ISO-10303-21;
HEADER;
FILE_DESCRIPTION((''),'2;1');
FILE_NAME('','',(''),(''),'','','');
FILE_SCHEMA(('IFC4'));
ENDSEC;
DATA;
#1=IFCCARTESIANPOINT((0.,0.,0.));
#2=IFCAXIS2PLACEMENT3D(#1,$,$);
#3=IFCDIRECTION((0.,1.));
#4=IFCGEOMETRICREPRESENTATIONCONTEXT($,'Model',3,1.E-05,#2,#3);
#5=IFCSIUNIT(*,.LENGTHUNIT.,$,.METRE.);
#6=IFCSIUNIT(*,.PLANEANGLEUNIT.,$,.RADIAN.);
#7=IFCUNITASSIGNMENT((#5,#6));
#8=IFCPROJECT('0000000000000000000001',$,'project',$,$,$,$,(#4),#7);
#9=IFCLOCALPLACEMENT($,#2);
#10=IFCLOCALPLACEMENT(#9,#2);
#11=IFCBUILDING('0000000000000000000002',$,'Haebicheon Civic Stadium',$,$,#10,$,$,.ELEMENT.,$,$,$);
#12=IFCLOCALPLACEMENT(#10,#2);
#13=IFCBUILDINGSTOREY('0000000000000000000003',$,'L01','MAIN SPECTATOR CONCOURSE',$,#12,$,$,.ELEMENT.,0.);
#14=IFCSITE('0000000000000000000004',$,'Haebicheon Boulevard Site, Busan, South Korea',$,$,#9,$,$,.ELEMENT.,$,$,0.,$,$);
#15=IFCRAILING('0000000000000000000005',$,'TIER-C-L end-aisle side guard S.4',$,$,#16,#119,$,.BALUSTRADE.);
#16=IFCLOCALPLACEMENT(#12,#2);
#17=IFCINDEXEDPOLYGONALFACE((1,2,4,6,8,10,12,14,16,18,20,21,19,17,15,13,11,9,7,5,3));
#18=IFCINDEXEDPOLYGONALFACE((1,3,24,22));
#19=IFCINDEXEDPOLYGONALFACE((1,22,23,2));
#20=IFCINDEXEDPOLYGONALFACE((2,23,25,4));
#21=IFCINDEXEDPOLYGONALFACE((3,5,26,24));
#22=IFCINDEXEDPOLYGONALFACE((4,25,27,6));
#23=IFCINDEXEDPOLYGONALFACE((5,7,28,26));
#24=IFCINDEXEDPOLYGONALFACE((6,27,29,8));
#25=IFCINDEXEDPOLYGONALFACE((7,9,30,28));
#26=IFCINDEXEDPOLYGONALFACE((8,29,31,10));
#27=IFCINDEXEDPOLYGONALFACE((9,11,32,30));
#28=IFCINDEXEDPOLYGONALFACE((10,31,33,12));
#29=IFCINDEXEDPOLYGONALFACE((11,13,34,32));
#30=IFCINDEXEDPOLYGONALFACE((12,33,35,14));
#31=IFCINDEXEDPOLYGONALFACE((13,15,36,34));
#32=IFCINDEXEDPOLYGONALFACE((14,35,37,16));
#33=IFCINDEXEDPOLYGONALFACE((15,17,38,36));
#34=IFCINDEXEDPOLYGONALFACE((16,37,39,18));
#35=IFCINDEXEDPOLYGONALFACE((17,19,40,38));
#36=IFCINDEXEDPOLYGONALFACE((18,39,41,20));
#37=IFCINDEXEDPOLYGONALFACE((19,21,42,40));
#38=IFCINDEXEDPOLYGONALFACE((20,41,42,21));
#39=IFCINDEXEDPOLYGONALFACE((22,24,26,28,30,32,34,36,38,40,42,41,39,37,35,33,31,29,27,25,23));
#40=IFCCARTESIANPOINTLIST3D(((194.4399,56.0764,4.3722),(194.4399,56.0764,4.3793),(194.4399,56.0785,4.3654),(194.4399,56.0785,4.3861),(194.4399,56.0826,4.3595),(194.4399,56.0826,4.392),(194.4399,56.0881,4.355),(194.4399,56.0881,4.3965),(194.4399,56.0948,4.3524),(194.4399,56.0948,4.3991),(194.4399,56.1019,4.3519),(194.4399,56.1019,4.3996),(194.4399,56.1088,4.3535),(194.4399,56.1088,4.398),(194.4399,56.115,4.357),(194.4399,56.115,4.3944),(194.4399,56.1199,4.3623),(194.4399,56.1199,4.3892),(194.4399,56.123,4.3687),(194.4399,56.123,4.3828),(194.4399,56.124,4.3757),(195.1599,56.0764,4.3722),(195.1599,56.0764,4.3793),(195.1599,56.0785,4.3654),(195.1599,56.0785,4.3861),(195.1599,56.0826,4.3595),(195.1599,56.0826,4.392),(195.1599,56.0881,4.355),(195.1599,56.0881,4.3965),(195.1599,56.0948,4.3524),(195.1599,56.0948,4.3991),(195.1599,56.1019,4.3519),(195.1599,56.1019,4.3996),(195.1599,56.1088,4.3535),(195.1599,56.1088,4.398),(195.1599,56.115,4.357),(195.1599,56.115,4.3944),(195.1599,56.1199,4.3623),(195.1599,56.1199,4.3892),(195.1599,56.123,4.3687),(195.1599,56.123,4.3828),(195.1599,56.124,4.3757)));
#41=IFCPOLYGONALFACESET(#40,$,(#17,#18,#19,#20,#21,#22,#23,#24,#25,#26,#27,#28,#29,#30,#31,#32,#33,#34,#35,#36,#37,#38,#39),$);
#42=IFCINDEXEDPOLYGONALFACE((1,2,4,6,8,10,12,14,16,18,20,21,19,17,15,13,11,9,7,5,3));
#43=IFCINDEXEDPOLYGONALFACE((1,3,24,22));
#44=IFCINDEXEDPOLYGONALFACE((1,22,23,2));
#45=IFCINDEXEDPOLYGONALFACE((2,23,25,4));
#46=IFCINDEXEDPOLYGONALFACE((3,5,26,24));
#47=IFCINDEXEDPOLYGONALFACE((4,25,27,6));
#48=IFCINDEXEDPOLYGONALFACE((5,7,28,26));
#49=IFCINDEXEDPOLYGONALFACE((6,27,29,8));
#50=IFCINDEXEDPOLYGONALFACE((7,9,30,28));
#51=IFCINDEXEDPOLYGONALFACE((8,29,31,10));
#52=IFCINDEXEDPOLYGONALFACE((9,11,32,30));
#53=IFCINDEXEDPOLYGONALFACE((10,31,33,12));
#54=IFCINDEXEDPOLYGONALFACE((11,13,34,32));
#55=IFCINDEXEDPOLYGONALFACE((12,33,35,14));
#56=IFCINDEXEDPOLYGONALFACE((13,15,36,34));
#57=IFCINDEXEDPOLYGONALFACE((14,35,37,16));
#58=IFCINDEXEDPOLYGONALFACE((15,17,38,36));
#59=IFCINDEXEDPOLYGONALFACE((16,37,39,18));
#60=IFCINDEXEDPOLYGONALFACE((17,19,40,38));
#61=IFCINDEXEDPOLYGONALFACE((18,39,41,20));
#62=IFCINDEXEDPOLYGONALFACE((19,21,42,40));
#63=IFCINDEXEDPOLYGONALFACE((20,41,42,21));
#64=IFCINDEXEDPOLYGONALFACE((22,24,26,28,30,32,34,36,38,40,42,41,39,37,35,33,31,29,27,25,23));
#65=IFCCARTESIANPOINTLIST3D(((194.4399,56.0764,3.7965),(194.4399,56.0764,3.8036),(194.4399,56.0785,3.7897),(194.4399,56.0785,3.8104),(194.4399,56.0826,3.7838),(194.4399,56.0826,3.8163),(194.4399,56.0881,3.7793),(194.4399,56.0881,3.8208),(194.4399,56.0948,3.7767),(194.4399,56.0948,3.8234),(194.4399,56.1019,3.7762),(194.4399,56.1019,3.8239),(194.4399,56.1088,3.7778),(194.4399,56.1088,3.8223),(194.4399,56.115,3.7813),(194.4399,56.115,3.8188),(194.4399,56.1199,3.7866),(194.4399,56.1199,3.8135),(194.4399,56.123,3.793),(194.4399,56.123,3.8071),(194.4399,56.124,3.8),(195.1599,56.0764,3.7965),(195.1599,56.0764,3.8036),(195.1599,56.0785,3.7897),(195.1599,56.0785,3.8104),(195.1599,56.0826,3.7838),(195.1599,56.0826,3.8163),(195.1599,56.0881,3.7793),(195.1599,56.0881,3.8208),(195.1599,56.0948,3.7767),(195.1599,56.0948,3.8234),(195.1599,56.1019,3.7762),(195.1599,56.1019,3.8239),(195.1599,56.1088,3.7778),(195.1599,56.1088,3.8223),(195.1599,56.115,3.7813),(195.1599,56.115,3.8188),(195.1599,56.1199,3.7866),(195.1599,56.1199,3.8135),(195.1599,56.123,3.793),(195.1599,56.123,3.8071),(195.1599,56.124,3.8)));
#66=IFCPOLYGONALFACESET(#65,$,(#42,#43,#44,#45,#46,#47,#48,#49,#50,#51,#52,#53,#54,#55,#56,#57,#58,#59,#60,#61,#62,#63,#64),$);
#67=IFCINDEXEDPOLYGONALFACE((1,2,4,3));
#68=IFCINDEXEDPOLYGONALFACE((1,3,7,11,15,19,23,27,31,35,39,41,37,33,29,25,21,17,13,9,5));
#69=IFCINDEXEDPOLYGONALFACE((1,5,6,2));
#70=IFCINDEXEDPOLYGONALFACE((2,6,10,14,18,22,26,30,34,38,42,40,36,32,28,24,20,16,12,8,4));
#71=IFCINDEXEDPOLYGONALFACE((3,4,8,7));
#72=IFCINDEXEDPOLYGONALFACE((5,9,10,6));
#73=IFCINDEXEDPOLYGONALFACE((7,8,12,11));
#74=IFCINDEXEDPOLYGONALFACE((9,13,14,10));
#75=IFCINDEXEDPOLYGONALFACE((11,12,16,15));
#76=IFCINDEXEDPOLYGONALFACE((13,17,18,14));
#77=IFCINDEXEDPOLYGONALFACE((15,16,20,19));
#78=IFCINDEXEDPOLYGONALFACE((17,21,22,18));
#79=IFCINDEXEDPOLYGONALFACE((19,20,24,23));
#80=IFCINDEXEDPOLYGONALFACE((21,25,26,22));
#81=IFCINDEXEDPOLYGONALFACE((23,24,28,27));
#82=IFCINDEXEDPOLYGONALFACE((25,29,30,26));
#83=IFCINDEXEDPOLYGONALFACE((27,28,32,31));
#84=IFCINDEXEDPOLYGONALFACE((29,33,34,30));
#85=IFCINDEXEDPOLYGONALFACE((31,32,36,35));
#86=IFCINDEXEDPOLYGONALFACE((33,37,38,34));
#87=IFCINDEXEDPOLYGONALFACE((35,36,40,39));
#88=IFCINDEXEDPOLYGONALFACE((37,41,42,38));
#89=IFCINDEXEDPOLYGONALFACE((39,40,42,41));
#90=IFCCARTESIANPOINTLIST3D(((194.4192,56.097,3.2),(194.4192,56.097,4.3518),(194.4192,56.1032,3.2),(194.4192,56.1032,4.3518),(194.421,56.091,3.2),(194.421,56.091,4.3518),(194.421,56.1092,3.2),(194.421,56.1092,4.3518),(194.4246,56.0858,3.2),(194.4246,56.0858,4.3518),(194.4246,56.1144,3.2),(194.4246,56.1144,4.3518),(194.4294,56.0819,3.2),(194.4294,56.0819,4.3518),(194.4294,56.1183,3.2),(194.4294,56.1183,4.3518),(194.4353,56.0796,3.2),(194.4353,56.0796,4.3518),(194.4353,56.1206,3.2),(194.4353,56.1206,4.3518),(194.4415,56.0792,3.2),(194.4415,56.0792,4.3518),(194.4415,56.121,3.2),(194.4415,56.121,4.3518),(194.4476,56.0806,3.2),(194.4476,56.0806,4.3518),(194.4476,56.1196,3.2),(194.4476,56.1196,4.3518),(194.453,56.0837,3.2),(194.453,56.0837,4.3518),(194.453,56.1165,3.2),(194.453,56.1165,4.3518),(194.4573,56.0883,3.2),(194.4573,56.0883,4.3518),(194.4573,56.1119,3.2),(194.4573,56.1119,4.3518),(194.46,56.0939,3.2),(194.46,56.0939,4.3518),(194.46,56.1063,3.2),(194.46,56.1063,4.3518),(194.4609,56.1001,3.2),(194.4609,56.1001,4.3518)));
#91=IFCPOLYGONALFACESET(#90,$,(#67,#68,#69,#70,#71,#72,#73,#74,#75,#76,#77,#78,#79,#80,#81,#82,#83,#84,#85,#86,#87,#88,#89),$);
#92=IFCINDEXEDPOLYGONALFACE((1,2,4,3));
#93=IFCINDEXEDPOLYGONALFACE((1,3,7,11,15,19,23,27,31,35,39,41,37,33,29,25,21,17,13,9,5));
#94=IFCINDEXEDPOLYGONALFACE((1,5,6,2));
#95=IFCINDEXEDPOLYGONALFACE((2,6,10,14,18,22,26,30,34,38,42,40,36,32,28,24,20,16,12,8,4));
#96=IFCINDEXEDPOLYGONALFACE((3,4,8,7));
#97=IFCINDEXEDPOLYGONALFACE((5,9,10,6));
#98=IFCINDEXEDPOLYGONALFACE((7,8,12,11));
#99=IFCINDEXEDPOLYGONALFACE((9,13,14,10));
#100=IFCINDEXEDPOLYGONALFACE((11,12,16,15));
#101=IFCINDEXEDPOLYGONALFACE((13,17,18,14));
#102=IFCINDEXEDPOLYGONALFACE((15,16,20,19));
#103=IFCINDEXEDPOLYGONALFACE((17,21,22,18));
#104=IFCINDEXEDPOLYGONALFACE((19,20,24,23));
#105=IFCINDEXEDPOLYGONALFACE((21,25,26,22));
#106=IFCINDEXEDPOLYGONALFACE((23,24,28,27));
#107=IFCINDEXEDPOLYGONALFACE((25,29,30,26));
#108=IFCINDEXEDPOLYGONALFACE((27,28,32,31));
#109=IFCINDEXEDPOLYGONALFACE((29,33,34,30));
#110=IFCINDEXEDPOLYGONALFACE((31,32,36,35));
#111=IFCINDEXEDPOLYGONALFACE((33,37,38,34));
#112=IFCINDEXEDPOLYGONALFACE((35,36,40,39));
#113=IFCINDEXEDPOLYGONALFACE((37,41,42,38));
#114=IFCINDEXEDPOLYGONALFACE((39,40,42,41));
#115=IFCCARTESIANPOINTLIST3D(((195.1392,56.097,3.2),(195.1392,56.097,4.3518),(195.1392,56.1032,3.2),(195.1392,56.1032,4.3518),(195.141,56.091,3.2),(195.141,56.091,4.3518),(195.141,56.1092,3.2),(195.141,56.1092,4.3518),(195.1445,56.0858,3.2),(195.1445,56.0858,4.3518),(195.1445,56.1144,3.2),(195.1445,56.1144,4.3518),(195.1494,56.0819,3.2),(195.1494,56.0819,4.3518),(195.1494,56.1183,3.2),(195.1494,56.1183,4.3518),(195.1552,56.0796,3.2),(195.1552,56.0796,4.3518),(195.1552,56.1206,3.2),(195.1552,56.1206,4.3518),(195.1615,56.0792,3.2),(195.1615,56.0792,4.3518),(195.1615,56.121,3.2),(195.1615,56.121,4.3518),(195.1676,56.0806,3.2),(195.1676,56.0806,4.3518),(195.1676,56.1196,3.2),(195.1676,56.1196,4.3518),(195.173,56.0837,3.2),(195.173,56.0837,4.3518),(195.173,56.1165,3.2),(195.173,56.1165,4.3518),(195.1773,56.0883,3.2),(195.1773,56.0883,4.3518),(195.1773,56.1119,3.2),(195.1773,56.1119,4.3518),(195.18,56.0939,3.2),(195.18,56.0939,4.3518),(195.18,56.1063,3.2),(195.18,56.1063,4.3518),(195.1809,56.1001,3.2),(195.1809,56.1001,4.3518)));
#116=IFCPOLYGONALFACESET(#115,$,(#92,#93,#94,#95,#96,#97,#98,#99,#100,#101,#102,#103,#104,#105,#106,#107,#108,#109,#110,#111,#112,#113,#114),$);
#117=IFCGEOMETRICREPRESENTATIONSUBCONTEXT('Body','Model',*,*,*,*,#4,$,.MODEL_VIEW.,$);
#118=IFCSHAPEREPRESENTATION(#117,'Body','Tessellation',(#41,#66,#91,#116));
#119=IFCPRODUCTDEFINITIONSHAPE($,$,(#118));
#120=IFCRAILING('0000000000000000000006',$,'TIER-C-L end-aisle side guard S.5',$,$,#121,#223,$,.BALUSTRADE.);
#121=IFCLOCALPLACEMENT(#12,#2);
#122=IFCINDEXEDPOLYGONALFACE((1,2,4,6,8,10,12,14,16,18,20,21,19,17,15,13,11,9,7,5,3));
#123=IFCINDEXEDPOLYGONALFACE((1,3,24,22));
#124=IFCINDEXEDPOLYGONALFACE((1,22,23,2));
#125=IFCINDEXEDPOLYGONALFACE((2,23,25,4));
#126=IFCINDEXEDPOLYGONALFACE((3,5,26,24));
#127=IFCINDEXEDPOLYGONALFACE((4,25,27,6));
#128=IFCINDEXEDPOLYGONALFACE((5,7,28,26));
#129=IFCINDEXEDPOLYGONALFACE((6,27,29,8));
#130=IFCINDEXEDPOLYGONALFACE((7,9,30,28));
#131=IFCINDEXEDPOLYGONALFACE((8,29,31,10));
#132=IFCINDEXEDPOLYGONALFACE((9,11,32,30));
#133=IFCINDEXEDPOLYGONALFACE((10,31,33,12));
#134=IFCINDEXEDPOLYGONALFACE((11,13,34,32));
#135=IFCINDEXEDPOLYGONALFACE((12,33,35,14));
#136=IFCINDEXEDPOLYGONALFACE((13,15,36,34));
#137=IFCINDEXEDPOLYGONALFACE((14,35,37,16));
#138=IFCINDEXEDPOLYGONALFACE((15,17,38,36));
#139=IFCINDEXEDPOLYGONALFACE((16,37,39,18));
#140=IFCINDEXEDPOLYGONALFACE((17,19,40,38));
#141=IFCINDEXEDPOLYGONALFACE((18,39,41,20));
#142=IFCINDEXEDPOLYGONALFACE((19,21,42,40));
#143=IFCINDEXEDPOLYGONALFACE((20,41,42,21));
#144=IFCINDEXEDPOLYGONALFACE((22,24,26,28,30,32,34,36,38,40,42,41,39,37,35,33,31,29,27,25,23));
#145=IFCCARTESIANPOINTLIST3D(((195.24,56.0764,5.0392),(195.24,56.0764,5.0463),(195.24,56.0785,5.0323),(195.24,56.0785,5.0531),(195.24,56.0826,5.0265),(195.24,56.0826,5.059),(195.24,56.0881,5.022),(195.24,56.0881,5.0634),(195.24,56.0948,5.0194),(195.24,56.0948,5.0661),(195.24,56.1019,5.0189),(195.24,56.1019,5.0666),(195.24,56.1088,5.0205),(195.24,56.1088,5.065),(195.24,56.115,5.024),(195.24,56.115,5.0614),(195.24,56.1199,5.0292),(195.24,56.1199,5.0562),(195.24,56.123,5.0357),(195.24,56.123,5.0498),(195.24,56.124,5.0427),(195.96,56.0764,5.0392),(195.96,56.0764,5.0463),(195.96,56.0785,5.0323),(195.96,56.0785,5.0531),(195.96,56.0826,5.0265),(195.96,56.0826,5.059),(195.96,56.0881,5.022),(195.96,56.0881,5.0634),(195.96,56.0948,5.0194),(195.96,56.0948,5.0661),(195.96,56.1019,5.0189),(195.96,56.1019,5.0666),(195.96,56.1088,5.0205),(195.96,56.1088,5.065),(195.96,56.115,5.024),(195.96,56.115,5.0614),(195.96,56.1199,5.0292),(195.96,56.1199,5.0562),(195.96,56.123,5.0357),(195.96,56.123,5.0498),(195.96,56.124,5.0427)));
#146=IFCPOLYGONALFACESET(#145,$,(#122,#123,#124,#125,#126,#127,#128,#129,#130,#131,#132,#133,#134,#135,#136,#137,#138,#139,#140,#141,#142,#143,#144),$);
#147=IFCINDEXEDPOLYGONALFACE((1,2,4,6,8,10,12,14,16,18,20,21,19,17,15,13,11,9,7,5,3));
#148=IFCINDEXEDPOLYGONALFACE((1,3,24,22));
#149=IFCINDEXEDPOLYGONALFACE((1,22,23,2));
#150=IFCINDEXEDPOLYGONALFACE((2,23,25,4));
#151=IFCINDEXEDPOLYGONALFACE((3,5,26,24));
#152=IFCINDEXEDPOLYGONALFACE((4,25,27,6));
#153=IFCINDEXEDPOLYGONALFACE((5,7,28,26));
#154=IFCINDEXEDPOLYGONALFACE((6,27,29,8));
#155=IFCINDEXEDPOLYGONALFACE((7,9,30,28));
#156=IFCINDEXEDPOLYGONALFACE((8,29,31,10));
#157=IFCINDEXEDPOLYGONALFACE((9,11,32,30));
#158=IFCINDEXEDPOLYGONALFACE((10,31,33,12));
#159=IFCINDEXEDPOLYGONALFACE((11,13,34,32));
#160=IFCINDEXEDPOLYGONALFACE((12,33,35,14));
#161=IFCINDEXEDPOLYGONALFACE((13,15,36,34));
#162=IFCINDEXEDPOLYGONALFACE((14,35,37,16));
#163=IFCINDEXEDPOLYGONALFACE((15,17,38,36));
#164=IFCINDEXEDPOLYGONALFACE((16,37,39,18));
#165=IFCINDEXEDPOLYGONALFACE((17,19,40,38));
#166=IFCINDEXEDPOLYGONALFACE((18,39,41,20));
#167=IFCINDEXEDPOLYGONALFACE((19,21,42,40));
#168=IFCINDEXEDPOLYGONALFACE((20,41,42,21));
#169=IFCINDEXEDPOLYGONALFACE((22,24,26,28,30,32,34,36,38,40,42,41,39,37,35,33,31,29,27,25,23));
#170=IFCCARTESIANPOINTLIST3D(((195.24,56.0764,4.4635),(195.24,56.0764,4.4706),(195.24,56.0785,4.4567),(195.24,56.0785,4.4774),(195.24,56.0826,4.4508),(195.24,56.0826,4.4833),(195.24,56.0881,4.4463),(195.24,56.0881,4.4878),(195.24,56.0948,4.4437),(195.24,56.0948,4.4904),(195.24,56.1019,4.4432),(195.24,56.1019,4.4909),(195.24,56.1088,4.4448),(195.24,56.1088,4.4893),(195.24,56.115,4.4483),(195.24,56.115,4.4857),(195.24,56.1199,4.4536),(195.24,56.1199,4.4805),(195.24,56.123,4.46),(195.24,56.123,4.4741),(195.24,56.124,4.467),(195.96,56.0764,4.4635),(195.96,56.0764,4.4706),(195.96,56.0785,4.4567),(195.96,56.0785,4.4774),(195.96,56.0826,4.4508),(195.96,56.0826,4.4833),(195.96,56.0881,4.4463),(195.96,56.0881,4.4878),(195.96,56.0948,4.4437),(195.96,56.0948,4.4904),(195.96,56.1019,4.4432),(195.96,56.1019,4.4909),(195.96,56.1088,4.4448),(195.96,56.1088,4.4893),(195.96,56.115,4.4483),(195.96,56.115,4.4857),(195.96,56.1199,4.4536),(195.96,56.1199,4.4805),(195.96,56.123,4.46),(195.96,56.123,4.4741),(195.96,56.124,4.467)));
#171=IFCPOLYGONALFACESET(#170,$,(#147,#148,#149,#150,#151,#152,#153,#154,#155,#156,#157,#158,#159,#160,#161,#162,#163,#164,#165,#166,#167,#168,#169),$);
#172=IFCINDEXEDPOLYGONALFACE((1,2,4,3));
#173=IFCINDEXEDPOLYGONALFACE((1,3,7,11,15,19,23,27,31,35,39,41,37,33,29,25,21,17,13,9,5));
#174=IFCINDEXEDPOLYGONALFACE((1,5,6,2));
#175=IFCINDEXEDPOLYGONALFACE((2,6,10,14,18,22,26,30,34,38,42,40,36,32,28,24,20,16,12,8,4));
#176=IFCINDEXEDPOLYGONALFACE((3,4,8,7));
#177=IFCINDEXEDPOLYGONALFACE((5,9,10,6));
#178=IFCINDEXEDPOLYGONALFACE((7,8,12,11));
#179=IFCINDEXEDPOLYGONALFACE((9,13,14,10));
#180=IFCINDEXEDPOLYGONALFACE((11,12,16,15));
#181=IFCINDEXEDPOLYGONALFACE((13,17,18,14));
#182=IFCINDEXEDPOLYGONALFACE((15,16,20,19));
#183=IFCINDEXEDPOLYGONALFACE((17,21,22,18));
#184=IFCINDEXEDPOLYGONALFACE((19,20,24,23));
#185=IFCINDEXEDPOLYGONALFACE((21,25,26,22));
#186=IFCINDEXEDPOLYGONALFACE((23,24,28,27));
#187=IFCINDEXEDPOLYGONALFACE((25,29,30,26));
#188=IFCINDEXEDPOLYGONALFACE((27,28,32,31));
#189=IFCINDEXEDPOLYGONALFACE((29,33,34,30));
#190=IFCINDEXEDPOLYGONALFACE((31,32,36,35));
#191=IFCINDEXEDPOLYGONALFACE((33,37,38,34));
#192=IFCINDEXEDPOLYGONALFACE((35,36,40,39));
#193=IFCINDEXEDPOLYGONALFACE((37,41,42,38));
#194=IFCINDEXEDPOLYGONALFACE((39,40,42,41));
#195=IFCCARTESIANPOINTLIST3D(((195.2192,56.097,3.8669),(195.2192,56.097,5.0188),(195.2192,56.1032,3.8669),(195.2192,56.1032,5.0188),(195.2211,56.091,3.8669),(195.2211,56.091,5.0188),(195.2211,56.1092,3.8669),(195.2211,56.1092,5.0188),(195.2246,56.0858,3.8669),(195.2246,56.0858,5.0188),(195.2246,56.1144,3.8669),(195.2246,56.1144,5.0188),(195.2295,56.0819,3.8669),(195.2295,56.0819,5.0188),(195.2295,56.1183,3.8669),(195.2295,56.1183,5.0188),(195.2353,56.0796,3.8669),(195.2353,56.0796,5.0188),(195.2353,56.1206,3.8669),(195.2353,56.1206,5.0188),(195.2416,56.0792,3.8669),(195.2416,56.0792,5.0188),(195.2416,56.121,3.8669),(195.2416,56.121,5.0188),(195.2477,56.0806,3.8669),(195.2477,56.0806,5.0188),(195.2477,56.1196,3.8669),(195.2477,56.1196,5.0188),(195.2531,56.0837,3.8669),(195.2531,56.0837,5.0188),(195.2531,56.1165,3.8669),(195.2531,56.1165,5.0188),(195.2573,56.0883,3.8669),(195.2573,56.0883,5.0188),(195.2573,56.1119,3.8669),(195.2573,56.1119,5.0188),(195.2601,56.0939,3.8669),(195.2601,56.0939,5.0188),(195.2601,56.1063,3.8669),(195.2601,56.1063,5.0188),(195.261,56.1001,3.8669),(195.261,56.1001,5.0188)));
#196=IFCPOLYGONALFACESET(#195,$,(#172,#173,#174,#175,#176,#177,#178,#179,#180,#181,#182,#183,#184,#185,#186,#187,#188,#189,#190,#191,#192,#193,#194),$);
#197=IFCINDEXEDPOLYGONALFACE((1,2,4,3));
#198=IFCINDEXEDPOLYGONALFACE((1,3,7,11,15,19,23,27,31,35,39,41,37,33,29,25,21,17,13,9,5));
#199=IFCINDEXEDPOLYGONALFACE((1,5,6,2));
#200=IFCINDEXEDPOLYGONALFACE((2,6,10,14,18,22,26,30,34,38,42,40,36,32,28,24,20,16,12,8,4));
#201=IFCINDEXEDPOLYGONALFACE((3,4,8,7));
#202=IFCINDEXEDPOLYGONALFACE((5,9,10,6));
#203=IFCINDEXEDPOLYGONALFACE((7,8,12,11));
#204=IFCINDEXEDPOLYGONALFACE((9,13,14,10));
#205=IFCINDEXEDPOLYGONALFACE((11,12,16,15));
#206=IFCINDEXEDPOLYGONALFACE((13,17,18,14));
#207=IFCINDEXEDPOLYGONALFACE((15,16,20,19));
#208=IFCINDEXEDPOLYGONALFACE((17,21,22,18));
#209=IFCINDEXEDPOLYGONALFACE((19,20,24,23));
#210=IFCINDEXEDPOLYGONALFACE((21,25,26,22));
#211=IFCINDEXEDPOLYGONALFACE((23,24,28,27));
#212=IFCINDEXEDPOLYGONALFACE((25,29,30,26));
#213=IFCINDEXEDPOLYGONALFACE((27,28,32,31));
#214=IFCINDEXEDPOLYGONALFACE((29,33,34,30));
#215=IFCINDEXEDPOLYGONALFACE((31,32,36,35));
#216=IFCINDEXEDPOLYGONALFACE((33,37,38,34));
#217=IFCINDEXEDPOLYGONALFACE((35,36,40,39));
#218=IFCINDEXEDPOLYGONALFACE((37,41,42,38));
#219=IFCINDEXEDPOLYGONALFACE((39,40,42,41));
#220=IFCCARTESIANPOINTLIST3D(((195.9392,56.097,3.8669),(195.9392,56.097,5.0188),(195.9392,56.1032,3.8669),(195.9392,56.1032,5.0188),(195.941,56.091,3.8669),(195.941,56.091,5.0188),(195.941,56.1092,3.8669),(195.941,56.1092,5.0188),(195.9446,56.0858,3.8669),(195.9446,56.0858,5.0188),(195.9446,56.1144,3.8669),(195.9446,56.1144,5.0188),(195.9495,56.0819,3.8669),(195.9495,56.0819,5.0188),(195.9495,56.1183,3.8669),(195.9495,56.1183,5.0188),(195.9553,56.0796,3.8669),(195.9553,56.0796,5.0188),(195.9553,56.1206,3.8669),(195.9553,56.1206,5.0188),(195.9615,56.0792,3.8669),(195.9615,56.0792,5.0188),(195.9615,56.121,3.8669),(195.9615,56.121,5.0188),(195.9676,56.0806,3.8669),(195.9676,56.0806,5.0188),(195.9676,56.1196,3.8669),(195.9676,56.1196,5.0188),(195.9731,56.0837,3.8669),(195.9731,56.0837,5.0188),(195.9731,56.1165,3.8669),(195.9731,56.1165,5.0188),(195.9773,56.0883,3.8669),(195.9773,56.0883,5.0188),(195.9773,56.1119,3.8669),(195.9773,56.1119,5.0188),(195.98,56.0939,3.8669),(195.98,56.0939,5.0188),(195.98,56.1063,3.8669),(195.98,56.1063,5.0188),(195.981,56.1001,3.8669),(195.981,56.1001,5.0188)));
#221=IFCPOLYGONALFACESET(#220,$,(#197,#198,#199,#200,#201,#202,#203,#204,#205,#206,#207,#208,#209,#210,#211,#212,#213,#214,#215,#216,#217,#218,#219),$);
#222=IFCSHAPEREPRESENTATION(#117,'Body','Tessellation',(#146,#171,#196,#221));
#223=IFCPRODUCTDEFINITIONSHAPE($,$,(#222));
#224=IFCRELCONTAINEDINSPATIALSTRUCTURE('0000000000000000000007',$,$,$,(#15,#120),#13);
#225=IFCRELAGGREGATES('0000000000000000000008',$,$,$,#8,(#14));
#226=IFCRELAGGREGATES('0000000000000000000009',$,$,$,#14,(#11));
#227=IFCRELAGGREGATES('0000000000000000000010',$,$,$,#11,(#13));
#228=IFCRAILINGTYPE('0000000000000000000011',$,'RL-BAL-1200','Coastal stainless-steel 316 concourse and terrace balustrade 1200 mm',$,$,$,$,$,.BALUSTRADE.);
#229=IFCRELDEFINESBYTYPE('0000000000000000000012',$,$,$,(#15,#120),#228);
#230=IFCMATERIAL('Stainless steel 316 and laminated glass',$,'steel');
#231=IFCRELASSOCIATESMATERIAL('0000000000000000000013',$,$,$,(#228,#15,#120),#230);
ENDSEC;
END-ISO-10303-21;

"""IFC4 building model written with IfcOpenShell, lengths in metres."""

from ifc_helpers import new_model, si_unit, direction, frame, origin, origin_2d, place, context, subcontext, project, spatial, circle, extrude, material, type_object, element, save


model = new_model("IFC4")

# Units and contexts
model_context = context("Model", 3, precision=1e-05, world=origin(), true_north=direction((0.0, 1.0)))
body_context = subcontext(model_context, "Body", "Model", "MODEL_VIEW")
ifc_project = project(units=[si_unit("LENGTHUNIT", "METRE"), si_unit("PLANEANGLEUNIT", "RADIAN")], contexts=[model_context])

# Site, building, storey
site_placement = place(None, origin())
site = spatial("IfcSite", under=ifc_project, at=site_placement, Name="Haebicheon Boulevard Site, Busan, South Korea", CompositionType="ELEMENT", RefElevation=0.0)
building_placement = place(site_placement, origin())
building = spatial("IfcBuilding", under=site, at=building_placement, Name="Haebicheon Civic Stadium", CompositionType="ELEMENT")
storey_placement = place(building_placement, origin())
storey = spatial("IfcBuildingStorey", under=building, at=storey_placement, Name="L01", Description="MAIN SPECTATOR CONCOURSE", CompositionType="ELEMENT", Elevation=0.0)

# Railings
ifc_material_1 = material(Name="Stainless steel 316 and laminated glass", Category="steel")
railing_type_1 = type_object("IfcRailingType", Name="RL-BAL-1200", Description="Coastal stainless-steel 316 concourse and terrace balustrade 1200 mm", PredefinedType="BALUSTRADE", material=ifc_material_1)
for number, where, name in (
    (1, (194.4399, 56.1001, 3.2), "TIER-C-L end-aisle side guard S.4"),
    (2, (195.24, 56.1001, 3.8669), "TIER-C-L end-aisle side guard S.5"),
):
    element("IfcRailing", number, at=place(storey_placement, frame(where)), inside=storey, type_object=railing_type_1, material=ifc_material_1, Name=name, PredefinedType="BALUSTRADE", context=body_context, shape_type="SweptSolid", body=[
        extrude(circle(Radius=0.0239, at=origin_2d()), frame((0.0, 0.0, 1.1758), z_axis=(1.0, 0.0, 0.0), x_axis=(0.0, 1.0, 0.0)), (0.0, 0.0, 1.0), 0.72),
        extrude(circle(Radius=0.0239, at=origin_2d()), frame((0.0, 0.0, 0.6001), z_axis=(1.0, 0.0, 0.0), x_axis=(0.0, 1.0, 0.0)), (0.0, 0.0, 1.0), 0.72),
        extrude(circle(Radius=0.021, at=origin_2d()), origin(), (0.0, 0.0, 1.0), 1.1519),
        extrude(circle(Radius=0.021, at=origin_2d()), frame((0.72, 0.0, 0.0)), (0.0, 0.0, 1.0), 1.1519),
    ])

save(model, "model.ifc")
